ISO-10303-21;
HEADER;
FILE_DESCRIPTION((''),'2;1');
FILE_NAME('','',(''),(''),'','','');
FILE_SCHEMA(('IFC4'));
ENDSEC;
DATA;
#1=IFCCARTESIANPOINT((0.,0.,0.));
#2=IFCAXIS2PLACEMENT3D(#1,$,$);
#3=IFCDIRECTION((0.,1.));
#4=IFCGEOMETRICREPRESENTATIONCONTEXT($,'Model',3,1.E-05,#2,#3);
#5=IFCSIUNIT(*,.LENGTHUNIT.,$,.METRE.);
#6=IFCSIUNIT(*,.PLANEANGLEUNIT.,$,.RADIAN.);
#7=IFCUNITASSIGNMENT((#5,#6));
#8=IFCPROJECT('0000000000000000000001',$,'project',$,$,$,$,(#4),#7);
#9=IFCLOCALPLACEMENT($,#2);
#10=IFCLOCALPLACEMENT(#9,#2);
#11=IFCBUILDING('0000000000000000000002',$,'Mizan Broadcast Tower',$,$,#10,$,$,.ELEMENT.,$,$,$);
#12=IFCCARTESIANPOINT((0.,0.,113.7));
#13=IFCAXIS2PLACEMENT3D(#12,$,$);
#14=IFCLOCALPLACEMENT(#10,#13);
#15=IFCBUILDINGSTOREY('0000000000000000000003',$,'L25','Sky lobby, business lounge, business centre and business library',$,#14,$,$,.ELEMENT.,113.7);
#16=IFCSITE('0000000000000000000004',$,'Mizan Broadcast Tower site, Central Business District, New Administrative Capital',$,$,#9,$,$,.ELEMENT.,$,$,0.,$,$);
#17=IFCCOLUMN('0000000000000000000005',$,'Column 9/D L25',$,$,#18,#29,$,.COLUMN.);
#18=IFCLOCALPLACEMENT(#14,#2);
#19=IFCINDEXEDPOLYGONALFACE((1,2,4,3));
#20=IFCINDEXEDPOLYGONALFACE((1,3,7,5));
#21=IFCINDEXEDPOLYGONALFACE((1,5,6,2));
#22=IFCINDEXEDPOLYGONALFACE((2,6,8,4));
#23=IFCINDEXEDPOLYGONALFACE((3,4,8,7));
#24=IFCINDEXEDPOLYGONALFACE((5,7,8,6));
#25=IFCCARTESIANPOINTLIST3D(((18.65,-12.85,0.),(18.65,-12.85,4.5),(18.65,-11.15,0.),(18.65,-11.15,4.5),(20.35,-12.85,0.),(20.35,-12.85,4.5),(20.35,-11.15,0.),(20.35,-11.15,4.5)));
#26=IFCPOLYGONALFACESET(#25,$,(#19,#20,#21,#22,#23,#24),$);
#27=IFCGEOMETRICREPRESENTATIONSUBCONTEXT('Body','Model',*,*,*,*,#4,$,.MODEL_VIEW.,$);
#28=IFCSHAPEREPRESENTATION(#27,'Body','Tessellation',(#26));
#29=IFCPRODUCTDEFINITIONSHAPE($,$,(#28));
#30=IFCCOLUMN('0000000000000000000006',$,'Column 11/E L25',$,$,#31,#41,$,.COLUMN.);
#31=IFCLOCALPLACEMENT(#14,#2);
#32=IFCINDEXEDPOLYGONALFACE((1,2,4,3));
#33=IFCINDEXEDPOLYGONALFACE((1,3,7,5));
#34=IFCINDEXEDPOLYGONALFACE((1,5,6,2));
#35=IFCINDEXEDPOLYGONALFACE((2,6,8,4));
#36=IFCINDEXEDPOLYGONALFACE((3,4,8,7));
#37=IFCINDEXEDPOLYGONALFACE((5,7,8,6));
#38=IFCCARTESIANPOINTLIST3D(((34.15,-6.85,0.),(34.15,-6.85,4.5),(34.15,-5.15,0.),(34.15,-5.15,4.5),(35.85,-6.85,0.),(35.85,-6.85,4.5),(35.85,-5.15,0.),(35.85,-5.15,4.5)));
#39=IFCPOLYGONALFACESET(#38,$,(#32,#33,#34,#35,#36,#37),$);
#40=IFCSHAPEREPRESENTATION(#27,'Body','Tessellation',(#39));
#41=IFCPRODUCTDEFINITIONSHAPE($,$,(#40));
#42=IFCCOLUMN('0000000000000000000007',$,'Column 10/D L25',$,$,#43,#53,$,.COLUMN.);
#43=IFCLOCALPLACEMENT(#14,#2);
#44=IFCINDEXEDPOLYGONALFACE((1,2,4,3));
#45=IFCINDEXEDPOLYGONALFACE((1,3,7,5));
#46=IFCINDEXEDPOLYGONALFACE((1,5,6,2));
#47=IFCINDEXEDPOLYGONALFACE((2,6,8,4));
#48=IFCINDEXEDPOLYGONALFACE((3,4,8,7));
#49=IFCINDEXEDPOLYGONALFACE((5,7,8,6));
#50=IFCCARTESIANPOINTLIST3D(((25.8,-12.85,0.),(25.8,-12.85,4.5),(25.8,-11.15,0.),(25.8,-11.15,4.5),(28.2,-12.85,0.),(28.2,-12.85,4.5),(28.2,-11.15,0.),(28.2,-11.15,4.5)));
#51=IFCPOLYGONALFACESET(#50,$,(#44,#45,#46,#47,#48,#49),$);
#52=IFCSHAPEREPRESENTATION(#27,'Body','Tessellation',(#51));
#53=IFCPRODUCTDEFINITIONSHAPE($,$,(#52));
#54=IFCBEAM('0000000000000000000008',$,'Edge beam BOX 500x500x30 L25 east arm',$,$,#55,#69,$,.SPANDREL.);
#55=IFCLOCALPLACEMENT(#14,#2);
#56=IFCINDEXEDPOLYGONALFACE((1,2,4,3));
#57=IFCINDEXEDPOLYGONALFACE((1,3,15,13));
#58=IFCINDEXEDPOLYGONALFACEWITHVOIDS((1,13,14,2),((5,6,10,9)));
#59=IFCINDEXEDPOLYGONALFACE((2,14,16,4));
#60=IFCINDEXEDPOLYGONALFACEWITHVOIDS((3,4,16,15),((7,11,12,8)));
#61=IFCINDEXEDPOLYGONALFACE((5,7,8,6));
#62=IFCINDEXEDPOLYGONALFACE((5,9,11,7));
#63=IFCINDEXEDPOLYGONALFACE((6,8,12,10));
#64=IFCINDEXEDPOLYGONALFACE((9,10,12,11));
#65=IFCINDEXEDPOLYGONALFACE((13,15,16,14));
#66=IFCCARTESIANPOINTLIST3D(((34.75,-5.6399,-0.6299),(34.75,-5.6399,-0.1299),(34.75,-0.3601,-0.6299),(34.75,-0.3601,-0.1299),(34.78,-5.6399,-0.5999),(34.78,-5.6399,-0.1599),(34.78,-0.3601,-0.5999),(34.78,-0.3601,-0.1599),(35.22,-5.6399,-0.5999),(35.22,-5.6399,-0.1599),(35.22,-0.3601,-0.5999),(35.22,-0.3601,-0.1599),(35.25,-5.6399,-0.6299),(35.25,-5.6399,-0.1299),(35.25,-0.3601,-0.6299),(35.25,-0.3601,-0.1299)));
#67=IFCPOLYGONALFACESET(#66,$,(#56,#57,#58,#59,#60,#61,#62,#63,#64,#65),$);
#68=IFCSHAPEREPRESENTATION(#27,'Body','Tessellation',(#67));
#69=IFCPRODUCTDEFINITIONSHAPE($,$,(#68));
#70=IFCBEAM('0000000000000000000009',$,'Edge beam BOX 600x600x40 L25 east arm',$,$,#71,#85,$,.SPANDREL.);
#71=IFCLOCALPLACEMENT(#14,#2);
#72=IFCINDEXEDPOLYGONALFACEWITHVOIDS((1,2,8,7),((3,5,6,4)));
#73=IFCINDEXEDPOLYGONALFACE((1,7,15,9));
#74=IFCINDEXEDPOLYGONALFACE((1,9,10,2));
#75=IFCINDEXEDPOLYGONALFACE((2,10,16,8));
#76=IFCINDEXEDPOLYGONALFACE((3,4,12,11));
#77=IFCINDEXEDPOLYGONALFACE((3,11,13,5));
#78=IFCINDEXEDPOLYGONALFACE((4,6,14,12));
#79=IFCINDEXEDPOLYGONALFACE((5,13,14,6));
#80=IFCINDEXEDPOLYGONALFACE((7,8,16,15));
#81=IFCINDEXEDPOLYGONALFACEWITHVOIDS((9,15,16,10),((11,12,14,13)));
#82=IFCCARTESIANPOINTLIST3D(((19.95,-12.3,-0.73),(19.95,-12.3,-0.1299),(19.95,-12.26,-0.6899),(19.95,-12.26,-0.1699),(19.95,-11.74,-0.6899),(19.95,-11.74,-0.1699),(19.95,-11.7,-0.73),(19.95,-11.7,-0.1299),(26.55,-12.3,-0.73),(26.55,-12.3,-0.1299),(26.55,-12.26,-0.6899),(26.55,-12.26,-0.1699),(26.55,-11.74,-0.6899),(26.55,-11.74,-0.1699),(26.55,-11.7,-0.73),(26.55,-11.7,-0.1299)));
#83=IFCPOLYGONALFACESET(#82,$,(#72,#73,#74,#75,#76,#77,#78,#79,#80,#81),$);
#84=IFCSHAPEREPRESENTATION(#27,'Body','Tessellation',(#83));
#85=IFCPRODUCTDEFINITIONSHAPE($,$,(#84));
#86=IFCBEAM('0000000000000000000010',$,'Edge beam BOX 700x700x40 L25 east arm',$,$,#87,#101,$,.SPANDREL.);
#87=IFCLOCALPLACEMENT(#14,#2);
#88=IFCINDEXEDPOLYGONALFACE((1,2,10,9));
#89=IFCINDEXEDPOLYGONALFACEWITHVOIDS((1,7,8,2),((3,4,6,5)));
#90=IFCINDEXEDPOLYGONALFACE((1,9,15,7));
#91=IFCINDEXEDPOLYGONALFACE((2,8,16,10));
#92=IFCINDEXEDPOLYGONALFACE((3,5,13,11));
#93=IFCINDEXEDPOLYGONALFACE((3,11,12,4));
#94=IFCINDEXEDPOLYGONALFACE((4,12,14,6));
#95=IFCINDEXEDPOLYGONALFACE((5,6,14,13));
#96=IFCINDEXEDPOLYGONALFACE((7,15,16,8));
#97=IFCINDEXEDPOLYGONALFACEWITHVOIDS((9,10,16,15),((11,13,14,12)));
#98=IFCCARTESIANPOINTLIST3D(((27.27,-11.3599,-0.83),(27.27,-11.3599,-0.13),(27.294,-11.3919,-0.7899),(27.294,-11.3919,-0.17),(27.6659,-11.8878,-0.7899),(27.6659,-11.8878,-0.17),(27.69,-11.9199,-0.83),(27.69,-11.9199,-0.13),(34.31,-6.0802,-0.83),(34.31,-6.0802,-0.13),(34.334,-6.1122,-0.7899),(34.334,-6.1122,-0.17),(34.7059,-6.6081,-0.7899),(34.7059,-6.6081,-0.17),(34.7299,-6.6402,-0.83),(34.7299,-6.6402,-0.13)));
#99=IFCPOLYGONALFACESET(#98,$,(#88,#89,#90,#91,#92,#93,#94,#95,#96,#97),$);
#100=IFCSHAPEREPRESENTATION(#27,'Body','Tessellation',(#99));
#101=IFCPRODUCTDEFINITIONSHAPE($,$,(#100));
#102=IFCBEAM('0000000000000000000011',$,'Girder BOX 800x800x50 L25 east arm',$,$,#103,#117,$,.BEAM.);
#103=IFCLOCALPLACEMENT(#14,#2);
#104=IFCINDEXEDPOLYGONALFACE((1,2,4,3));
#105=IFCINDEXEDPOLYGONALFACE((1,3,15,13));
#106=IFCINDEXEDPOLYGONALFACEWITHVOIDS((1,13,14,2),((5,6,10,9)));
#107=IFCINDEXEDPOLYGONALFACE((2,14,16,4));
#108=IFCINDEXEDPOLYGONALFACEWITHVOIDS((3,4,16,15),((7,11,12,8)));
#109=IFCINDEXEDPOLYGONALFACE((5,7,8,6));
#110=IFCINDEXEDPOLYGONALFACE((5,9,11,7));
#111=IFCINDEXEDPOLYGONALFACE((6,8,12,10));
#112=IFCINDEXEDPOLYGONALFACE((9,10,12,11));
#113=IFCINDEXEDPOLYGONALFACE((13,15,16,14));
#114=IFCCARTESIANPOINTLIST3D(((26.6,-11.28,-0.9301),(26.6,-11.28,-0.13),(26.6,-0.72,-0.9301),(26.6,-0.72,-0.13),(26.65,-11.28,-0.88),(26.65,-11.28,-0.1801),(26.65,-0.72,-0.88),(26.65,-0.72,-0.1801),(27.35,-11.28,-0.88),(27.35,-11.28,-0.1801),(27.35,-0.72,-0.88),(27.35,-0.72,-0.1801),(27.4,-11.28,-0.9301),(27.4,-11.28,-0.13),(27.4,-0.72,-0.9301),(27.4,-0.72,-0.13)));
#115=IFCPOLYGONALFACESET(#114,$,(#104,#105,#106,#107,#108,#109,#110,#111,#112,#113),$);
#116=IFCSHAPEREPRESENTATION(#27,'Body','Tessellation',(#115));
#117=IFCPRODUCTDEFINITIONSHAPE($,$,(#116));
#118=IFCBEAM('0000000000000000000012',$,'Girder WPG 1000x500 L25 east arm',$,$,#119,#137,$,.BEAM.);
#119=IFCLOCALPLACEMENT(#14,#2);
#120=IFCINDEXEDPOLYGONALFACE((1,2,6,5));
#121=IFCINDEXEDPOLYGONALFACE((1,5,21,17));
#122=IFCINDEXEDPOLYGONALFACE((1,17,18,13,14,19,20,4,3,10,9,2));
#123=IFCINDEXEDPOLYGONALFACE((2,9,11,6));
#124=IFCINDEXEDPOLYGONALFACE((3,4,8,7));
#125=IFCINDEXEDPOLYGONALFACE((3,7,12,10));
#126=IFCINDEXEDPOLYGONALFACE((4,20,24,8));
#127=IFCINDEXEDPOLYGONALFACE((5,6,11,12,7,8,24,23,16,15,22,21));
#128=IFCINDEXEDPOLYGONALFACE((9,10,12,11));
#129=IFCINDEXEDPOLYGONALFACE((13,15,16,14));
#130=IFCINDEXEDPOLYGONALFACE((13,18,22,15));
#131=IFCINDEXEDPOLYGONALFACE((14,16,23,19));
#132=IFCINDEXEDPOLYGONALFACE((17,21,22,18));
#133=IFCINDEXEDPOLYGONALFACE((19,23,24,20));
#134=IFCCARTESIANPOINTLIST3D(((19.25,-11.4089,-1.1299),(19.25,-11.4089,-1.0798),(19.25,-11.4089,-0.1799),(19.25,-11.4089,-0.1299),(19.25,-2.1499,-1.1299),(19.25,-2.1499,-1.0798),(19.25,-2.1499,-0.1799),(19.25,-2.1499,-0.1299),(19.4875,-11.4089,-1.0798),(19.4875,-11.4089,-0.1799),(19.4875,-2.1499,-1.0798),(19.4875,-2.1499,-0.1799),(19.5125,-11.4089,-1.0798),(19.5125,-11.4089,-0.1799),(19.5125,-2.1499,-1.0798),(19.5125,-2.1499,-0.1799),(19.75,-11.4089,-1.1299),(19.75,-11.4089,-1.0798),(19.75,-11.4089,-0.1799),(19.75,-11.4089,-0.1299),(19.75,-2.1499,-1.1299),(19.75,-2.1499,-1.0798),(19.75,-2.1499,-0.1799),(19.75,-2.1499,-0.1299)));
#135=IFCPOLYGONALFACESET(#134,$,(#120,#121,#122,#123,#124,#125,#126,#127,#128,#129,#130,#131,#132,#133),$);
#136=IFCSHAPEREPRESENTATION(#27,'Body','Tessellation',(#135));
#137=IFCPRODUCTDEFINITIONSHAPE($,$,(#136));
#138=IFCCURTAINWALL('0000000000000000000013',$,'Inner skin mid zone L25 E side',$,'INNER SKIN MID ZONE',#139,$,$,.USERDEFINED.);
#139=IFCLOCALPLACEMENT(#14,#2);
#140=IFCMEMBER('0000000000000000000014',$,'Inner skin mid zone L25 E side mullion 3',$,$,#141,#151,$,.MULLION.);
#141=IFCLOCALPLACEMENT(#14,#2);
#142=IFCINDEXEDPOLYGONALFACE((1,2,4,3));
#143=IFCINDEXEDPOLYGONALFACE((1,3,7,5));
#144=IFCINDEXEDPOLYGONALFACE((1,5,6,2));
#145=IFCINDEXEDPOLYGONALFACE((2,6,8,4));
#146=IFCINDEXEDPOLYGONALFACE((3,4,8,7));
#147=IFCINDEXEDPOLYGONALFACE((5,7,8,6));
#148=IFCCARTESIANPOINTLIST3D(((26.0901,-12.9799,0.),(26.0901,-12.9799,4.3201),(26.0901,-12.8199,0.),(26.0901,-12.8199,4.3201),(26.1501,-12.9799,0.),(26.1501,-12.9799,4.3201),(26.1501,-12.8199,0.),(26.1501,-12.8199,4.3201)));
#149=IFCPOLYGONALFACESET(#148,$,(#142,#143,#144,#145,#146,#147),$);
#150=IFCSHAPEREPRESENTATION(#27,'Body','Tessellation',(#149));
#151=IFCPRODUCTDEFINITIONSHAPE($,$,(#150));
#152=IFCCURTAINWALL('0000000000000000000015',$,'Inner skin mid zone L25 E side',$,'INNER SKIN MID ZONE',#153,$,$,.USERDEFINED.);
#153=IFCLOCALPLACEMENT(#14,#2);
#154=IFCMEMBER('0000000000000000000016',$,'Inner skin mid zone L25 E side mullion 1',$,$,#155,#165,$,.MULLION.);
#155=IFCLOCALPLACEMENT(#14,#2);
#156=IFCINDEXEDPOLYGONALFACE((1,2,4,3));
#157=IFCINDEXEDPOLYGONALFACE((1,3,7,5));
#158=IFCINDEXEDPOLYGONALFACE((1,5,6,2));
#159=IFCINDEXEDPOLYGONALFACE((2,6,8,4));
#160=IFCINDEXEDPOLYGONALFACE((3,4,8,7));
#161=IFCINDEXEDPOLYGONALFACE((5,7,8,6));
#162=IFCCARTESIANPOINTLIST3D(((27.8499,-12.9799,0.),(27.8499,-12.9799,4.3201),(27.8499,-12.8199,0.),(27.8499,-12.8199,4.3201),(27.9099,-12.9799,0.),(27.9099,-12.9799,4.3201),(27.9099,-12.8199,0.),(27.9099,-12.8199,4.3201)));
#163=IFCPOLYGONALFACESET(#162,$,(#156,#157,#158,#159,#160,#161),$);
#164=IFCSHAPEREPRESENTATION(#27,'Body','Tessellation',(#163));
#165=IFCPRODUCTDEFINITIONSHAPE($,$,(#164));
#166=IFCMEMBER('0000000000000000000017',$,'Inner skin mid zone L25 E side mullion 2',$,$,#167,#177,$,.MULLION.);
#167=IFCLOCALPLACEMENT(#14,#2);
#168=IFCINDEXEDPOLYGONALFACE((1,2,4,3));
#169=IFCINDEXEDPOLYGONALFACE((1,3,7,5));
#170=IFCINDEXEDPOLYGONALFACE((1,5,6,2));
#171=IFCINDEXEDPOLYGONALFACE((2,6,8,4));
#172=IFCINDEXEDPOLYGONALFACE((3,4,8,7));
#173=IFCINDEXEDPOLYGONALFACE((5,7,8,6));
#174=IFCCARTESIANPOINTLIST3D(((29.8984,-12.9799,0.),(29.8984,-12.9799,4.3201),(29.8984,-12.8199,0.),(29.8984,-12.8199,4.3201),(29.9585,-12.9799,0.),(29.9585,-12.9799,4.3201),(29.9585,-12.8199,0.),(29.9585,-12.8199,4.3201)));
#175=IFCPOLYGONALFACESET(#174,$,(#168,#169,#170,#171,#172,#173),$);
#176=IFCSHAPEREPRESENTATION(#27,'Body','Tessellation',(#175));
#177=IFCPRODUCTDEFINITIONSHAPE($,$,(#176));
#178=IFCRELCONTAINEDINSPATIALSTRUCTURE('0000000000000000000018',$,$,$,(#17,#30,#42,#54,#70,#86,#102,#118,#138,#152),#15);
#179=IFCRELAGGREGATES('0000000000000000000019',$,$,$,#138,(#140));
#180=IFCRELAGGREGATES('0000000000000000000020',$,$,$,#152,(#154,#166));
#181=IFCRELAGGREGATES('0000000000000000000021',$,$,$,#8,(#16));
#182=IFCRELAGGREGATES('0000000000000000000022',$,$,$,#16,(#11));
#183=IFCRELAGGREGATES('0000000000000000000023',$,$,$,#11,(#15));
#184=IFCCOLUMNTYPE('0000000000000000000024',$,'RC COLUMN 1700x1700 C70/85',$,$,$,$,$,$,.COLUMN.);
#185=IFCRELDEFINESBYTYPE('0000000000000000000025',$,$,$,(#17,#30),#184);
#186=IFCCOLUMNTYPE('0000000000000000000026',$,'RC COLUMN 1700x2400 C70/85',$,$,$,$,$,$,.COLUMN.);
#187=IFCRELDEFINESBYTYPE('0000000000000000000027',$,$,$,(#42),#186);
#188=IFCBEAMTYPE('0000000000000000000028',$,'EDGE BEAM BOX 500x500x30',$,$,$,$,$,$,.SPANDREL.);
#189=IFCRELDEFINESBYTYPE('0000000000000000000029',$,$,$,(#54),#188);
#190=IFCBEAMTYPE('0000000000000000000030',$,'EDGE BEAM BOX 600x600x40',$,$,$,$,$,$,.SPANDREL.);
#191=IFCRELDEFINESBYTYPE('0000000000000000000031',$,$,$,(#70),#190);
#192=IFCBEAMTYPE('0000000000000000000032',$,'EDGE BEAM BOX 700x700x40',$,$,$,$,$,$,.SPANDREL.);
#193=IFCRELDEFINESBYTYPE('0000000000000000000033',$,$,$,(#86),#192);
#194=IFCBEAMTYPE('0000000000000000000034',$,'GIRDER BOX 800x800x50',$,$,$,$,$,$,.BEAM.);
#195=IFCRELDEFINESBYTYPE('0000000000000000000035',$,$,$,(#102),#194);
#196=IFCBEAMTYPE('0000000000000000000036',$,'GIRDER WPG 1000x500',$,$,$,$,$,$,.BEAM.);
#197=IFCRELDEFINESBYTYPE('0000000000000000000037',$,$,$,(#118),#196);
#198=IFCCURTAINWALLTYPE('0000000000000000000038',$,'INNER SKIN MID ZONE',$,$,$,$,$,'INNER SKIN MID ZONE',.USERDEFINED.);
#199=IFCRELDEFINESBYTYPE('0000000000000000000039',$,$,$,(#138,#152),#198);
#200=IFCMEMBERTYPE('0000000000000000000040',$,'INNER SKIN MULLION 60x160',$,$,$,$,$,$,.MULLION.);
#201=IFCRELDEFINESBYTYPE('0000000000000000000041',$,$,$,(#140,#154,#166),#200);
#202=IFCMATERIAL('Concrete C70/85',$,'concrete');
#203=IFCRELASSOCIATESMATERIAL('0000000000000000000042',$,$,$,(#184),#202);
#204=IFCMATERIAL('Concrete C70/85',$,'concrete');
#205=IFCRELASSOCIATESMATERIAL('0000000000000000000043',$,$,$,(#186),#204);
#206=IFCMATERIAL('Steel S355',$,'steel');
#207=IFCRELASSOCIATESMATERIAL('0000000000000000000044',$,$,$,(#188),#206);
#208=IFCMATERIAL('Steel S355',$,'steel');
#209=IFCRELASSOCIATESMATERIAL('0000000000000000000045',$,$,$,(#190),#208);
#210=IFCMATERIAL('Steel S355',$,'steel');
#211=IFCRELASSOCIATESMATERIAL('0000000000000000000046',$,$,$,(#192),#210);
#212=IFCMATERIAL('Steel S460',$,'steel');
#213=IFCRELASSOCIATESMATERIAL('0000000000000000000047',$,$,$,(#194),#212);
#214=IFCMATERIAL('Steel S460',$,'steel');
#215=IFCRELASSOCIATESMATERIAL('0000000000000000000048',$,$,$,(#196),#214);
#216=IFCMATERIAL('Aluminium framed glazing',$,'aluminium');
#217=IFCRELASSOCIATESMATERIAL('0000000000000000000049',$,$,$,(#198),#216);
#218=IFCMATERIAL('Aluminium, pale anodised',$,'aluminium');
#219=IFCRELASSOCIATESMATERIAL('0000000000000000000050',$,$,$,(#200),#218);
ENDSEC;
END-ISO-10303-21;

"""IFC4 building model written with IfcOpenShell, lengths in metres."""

from ifc_helpers import new_model, si_unit, direction, frame, origin, origin_2d, place, context, subcontext, project, spatial, rectangle, hollow_rectangle, i_section, extrude, material, material_profile, profile_set, type_object, element, aggregate, save


model = new_model("IFC4")

# Units and contexts
model_context = context("Model", 3, precision=1e-05, world=origin(), true_north=direction((0.0, 1.0)))
body_context = subcontext(model_context, "Body", "Model", "MODEL_VIEW")
ifc_project = project(units=[si_unit("LENGTHUNIT", "METRE"), si_unit("PLANEANGLEUNIT", "RADIAN")], contexts=[model_context])

# Site, building, storey
site_placement = place(None, origin())
site = spatial("IfcSite", under=ifc_project, at=site_placement, Name="Mizan Broadcast Tower site, Central Business District, New Administrative Capital", CompositionType="ELEMENT", RefElevation=0.0)
building_placement = place(site_placement, origin())
building = spatial("IfcBuilding", under=site, at=building_placement, Name="Mizan Broadcast Tower", CompositionType="ELEMENT")
storey_placement = place(building_placement, frame((0.0, 0.0, 113.7)))
storey = spatial("IfcBuildingStorey", under=building, at=storey_placement, Name="L25", Description="Sky lobby, business lounge, business centre and business library", CompositionType="ELEMENT", Elevation=113.7)

# Columns
ifc_material_1 = material(Name="Concrete C70/85", Category="concrete")
ifc_material_profile_1 = material_profile(ifc_material_1, rectangle(XDim=1.7, YDim=1.7, at=origin_2d()), Name="RC 1700x1700")
ifc_profile_set_1 = profile_set([ifc_material_profile_1], Name="Concrete C70/85")
column_type_1 = type_object("IfcColumnType", Name="RC COLUMN 1700x1700 C70/85", PredefinedType="COLUMN", material=ifc_profile_set_1)
for number, where, z_axis, x_axis, name in (
    (1, (19.5, -12.0, 0.0), (0.0, 0.0, 1.0), (1.0, 0.0, 0.0), "Column 9/D L25"),
    (2, (35.0, -6.0, 0.0), (0.0, 0.0, 1.0), (1.0, 0.0, 0.0), "Column 11/E L25"),
):
    element("IfcColumn", number, at=place(storey_placement, frame(where, z_axis=z_axis, x_axis=x_axis)), inside=storey, type_object=column_type_1, Name=name, PredefinedType="COLUMN", context=body_context, shape_type="SweptSolid", body=[
        extrude(rectangle(XDim=1.7, YDim=1.7, at=origin_2d()), origin(), (0.0, 0.0, 1.0), 4.5),
    ])
ifc_material_2 = material(Name="Concrete C70/85", Category="concrete")
ifc_material_profile_2 = material_profile(ifc_material_2, rectangle(XDim=1.7, YDim=2.3999, at=origin_2d()), Name="RC 1700x2400")
ifc_profile_set_2 = profile_set([ifc_material_profile_2], Name="Concrete C70/85")
column_type_2 = type_object("IfcColumnType", Name="RC COLUMN 1700x2400 C70/85", PredefinedType="COLUMN", material=ifc_profile_set_2)
column_placement = place(storey_placement, frame((27.0, -12.0, 0.0), z_axis=(0.0, 0.0, 1.0), x_axis=(0.0, 1.0, 0.0)))
element("IfcColumn", 3, at=column_placement, inside=storey, type_object=column_type_2, Name="Column 10/D L25", PredefinedType="COLUMN", context=body_context, shape_type="SweptSolid", body=[
    extrude(rectangle(XDim=1.7, YDim=2.3999, at=origin_2d()), origin(), (0.0, 0.0, 1.0), 4.5),
])

# Beams
ifc_material_3 = material(Name="Steel S355", Category="steel")
ifc_material_profile_3 = material_profile(ifc_material_3, hollow_rectangle(XDim=0.5, YDim=0.5, WallThickness=0.03, at=origin_2d()), Name="BOX 500x500x30")
ifc_profile_set_3 = profile_set([ifc_material_profile_3], Name="Steel S355")
beam_type_1 = type_object("IfcBeamType", Name="EDGE BEAM BOX 500x500x30", PredefinedType="SPANDREL", material=ifc_profile_set_3)
beam_1_placement = place(storey_placement, frame((35.0, -5.6399, -0.3799), z_axis=(0.0, 1.0, 0.0), x_axis=(-1.0, 0.0, 0.0)))
element("IfcBeam", 4, at=beam_1_placement, inside=storey, type_object=beam_type_1, Name="Edge beam BOX 500x500x30 L25 east arm", PredefinedType="SPANDREL", context=body_context, shape_type="SweptSolid", body=[
    extrude(hollow_rectangle(XDim=0.5, YDim=0.5, WallThickness=0.03, at=origin_2d()), origin(), (0.0, 0.0, 1.0), 5.2798),
])
ifc_material_4 = material(Name="Steel S355", Category="steel")
ifc_material_profile_4 = material_profile(ifc_material_4, hollow_rectangle(XDim=0.6001, YDim=0.6001, WallThickness=0.04, at=origin_2d()), Name="BOX 600x600x40")
ifc_profile_set_4 = profile_set([ifc_material_profile_4], Name="Steel S355")
beam_type_2 = type_object("IfcBeamType", Name="EDGE BEAM BOX 600x600x40", PredefinedType="SPANDREL", material=ifc_profile_set_4)
beam_2_placement = place(storey_placement, frame((19.95, -12.0, -0.4299), z_axis=(1.0, 0.0, 0.0), x_axis=(0.0, 1.0, 0.0)))
element("IfcBeam", 5, at=beam_2_placement, inside=storey, type_object=beam_type_2, Name="Edge beam BOX 600x600x40 L25 east arm", PredefinedType="SPANDREL", context=body_context, shape_type="SweptSolid", body=[
    extrude(hollow_rectangle(XDim=0.6001, YDim=0.6001, WallThickness=0.04, at=origin_2d()), origin(), (0.0, 0.0, 1.0), 6.6001),
])
ifc_material_5 = material(Name="Steel S355", Category="steel")
ifc_material_profile_5 = material_profile(ifc_material_5, hollow_rectangle(XDim=0.7, YDim=0.7, WallThickness=0.04, at=origin_2d()), Name="BOX 700x700x40")
ifc_profile_set_5 = profile_set([ifc_material_profile_5], Name="Steel S355")
beam_type_3 = type_object("IfcBeamType", Name="EDGE BEAM BOX 700x700x40", PredefinedType="SPANDREL", material=ifc_profile_set_5)
beam_3_placement = place(storey_placement, frame((27.48, -11.6399, -0.48), z_axis=(0.800013, 0.599982, 0.0), x_axis=(-0.599982, 0.800013, 0.0)))
element("IfcBeam", 6, at=beam_3_placement, inside=storey, type_object=beam_type_3, Name="Edge beam BOX 700x700x40 L25 east arm", PredefinedType="SPANDREL", context=body_context, shape_type="SweptSolid", body=[
    extrude(hollow_rectangle(XDim=0.7, YDim=0.7, WallThickness=0.04, at=origin_2d()), origin(), (0.0, 0.0, 1.0), 8.7998),
])
ifc_material_6 = material(Name="Steel S460", Category="steel")
ifc_material_profile_6 = material_profile(ifc_material_6, hollow_rectangle(XDim=0.8, YDim=0.8, WallThickness=0.05, at=origin_2d()), Name="BOX 800x800x50")
ifc_profile_set_6 = profile_set([ifc_material_profile_6], Name="Steel S460")
beam_type_4 = type_object("IfcBeamType", Name="GIRDER BOX 800x800x50", PredefinedType="BEAM", material=ifc_profile_set_6)
beam_4_placement = place(storey_placement, frame((27.0, -11.28, -0.53), z_axis=(0.0, 1.0, 0.0), x_axis=(-1.0, 0.0, 0.0)))
element("IfcBeam", 7, at=beam_4_placement, inside=storey, type_object=beam_type_4, Name="Girder BOX 800x800x50 L25 east arm", PredefinedType="BEAM", context=body_context, shape_type="SweptSolid", body=[
    extrude(hollow_rectangle(XDim=0.8, YDim=0.8, WallThickness=0.05, at=origin_2d()), origin(), (0.0, 0.0, 1.0), 10.5601),
])
ifc_material_7 = material(Name="Steel S460", Category="steel")
ifc_material_profile_7 = material_profile(ifc_material_7, i_section(OverallWidth=0.5, OverallDepth=1.0, WebThickness=0.0249, FlangeThickness=0.05, at=origin_2d()), Name="WPG 1000x500")
ifc_profile_set_7 = profile_set([ifc_material_profile_7], Name="Steel S460")
beam_type_5 = type_object("IfcBeamType", Name="GIRDER WPG 1000x500", PredefinedType="BEAM", material=ifc_profile_set_7)
beam_5_placement = place(storey_placement, frame((19.5, -11.4089, -0.6299), z_axis=(0.0, 1.0, 0.0), x_axis=(-1.0, 0.0, 0.0)))
element("IfcBeam", 8, at=beam_5_placement, inside=storey, type_object=beam_type_5, Name="Girder WPG 1000x500 L25 east arm", PredefinedType="BEAM", context=body_context, shape_type="SweptSolid", body=[
    extrude(i_section(OverallWidth=0.5, OverallDepth=1.0, WebThickness=0.0249, FlangeThickness=0.05, at=origin_2d()), origin(), (0.0, 0.0, 1.0), 9.259),
])

# Curtain wall, member
ifc_material_8 = material(Name="Aluminium framed glazing", Category="aluminium")
curtain_wall_type_1 = type_object("IfcCurtainWallType", Name="INNER SKIN MID ZONE", ElementType="INNER SKIN MID ZONE", PredefinedType="USERDEFINED", material=ifc_material_8)
curtain_wall_1_placement = place(storey_placement, origin())
curtain_wall_1 = element("IfcCurtainWall", 9, at=curtain_wall_1_placement, inside=storey, type_object=curtain_wall_type_1, Name="Inner skin mid zone L25 E side", ObjectType="INNER SKIN MID ZONE", PredefinedType="USERDEFINED")
ifc_material_9 = material(Name="Aluminium, pale anodised", Category="aluminium")
ifc_material_profile_8 = material_profile(ifc_material_9, rectangle(XDim=0.1599, YDim=0.0601, at=origin_2d()), Name="MULLION 160x60")
ifc_profile_set_8 = profile_set([ifc_material_profile_8], Name="Aluminium, pale anodised")
member_type_1 = type_object("IfcMemberType", Name="INNER SKIN MULLION 60x160", PredefinedType="MULLION", material=ifc_profile_set_8)
member_1_placement = place(storey_placement, frame((26.1201, -12.8999, 0.0), z_axis=(0.0, 0.0, 1.0), x_axis=(0.0, 1.0, 0.0)))
member_1 = element("IfcMember", 10, at=member_1_placement, type_object=member_type_1, Name="Inner skin mid zone L25 E side mullion 3", PredefinedType="MULLION", context=body_context, shape_type="SweptSolid", body=[
    extrude(rectangle(XDim=0.1599, YDim=0.0601, at=origin_2d()), origin(), (0.0, 0.0, 1.0), 4.3201),
])
aggregate(curtain_wall_1, [member_1])

# Curtain wall, members
curtain_wall_2_placement = place(storey_placement, origin())
curtain_wall_2 = element("IfcCurtainWall", 11, at=curtain_wall_2_placement, inside=storey, type_object=curtain_wall_type_1, Name="Inner skin mid zone L25 E side", ObjectType="INNER SKIN MID ZONE", PredefinedType="USERDEFINED")
member_2_placement = place(storey_placement, frame((27.8799, -12.8999, 0.0), z_axis=(0.0, 0.0, 1.0), x_axis=(0.0, 1.0, 0.0)))
member_2 = element("IfcMember", 12, at=member_2_placement, type_object=member_type_1, Name="Inner skin mid zone L25 E side mullion 1", PredefinedType="MULLION", context=body_context, shape_type="SweptSolid", body=[
    extrude(rectangle(XDim=0.1599, YDim=0.0601, at=origin_2d()), origin(), (0.0, 0.0, 1.0), 4.3201),
])
member_3_placement = place(storey_placement, frame((29.9285, -12.8999, 0.0), z_axis=(0.0, 0.0, 1.0), x_axis=(0.0, 1.0, 0.0)))
member_3 = element("IfcMember", 13, at=member_3_placement, type_object=member_type_1, Name="Inner skin mid zone L25 E side mullion 2", PredefinedType="MULLION", context=body_context, shape_type="SweptSolid", body=[
    extrude(rectangle(XDim=0.1599, YDim=0.0601, at=origin_2d()), origin(), (0.0, 0.0, 1.0), 4.3201),
])

aggregate(curtain_wall_2, [member_2, member_3])

save(model, "model.ifc")
